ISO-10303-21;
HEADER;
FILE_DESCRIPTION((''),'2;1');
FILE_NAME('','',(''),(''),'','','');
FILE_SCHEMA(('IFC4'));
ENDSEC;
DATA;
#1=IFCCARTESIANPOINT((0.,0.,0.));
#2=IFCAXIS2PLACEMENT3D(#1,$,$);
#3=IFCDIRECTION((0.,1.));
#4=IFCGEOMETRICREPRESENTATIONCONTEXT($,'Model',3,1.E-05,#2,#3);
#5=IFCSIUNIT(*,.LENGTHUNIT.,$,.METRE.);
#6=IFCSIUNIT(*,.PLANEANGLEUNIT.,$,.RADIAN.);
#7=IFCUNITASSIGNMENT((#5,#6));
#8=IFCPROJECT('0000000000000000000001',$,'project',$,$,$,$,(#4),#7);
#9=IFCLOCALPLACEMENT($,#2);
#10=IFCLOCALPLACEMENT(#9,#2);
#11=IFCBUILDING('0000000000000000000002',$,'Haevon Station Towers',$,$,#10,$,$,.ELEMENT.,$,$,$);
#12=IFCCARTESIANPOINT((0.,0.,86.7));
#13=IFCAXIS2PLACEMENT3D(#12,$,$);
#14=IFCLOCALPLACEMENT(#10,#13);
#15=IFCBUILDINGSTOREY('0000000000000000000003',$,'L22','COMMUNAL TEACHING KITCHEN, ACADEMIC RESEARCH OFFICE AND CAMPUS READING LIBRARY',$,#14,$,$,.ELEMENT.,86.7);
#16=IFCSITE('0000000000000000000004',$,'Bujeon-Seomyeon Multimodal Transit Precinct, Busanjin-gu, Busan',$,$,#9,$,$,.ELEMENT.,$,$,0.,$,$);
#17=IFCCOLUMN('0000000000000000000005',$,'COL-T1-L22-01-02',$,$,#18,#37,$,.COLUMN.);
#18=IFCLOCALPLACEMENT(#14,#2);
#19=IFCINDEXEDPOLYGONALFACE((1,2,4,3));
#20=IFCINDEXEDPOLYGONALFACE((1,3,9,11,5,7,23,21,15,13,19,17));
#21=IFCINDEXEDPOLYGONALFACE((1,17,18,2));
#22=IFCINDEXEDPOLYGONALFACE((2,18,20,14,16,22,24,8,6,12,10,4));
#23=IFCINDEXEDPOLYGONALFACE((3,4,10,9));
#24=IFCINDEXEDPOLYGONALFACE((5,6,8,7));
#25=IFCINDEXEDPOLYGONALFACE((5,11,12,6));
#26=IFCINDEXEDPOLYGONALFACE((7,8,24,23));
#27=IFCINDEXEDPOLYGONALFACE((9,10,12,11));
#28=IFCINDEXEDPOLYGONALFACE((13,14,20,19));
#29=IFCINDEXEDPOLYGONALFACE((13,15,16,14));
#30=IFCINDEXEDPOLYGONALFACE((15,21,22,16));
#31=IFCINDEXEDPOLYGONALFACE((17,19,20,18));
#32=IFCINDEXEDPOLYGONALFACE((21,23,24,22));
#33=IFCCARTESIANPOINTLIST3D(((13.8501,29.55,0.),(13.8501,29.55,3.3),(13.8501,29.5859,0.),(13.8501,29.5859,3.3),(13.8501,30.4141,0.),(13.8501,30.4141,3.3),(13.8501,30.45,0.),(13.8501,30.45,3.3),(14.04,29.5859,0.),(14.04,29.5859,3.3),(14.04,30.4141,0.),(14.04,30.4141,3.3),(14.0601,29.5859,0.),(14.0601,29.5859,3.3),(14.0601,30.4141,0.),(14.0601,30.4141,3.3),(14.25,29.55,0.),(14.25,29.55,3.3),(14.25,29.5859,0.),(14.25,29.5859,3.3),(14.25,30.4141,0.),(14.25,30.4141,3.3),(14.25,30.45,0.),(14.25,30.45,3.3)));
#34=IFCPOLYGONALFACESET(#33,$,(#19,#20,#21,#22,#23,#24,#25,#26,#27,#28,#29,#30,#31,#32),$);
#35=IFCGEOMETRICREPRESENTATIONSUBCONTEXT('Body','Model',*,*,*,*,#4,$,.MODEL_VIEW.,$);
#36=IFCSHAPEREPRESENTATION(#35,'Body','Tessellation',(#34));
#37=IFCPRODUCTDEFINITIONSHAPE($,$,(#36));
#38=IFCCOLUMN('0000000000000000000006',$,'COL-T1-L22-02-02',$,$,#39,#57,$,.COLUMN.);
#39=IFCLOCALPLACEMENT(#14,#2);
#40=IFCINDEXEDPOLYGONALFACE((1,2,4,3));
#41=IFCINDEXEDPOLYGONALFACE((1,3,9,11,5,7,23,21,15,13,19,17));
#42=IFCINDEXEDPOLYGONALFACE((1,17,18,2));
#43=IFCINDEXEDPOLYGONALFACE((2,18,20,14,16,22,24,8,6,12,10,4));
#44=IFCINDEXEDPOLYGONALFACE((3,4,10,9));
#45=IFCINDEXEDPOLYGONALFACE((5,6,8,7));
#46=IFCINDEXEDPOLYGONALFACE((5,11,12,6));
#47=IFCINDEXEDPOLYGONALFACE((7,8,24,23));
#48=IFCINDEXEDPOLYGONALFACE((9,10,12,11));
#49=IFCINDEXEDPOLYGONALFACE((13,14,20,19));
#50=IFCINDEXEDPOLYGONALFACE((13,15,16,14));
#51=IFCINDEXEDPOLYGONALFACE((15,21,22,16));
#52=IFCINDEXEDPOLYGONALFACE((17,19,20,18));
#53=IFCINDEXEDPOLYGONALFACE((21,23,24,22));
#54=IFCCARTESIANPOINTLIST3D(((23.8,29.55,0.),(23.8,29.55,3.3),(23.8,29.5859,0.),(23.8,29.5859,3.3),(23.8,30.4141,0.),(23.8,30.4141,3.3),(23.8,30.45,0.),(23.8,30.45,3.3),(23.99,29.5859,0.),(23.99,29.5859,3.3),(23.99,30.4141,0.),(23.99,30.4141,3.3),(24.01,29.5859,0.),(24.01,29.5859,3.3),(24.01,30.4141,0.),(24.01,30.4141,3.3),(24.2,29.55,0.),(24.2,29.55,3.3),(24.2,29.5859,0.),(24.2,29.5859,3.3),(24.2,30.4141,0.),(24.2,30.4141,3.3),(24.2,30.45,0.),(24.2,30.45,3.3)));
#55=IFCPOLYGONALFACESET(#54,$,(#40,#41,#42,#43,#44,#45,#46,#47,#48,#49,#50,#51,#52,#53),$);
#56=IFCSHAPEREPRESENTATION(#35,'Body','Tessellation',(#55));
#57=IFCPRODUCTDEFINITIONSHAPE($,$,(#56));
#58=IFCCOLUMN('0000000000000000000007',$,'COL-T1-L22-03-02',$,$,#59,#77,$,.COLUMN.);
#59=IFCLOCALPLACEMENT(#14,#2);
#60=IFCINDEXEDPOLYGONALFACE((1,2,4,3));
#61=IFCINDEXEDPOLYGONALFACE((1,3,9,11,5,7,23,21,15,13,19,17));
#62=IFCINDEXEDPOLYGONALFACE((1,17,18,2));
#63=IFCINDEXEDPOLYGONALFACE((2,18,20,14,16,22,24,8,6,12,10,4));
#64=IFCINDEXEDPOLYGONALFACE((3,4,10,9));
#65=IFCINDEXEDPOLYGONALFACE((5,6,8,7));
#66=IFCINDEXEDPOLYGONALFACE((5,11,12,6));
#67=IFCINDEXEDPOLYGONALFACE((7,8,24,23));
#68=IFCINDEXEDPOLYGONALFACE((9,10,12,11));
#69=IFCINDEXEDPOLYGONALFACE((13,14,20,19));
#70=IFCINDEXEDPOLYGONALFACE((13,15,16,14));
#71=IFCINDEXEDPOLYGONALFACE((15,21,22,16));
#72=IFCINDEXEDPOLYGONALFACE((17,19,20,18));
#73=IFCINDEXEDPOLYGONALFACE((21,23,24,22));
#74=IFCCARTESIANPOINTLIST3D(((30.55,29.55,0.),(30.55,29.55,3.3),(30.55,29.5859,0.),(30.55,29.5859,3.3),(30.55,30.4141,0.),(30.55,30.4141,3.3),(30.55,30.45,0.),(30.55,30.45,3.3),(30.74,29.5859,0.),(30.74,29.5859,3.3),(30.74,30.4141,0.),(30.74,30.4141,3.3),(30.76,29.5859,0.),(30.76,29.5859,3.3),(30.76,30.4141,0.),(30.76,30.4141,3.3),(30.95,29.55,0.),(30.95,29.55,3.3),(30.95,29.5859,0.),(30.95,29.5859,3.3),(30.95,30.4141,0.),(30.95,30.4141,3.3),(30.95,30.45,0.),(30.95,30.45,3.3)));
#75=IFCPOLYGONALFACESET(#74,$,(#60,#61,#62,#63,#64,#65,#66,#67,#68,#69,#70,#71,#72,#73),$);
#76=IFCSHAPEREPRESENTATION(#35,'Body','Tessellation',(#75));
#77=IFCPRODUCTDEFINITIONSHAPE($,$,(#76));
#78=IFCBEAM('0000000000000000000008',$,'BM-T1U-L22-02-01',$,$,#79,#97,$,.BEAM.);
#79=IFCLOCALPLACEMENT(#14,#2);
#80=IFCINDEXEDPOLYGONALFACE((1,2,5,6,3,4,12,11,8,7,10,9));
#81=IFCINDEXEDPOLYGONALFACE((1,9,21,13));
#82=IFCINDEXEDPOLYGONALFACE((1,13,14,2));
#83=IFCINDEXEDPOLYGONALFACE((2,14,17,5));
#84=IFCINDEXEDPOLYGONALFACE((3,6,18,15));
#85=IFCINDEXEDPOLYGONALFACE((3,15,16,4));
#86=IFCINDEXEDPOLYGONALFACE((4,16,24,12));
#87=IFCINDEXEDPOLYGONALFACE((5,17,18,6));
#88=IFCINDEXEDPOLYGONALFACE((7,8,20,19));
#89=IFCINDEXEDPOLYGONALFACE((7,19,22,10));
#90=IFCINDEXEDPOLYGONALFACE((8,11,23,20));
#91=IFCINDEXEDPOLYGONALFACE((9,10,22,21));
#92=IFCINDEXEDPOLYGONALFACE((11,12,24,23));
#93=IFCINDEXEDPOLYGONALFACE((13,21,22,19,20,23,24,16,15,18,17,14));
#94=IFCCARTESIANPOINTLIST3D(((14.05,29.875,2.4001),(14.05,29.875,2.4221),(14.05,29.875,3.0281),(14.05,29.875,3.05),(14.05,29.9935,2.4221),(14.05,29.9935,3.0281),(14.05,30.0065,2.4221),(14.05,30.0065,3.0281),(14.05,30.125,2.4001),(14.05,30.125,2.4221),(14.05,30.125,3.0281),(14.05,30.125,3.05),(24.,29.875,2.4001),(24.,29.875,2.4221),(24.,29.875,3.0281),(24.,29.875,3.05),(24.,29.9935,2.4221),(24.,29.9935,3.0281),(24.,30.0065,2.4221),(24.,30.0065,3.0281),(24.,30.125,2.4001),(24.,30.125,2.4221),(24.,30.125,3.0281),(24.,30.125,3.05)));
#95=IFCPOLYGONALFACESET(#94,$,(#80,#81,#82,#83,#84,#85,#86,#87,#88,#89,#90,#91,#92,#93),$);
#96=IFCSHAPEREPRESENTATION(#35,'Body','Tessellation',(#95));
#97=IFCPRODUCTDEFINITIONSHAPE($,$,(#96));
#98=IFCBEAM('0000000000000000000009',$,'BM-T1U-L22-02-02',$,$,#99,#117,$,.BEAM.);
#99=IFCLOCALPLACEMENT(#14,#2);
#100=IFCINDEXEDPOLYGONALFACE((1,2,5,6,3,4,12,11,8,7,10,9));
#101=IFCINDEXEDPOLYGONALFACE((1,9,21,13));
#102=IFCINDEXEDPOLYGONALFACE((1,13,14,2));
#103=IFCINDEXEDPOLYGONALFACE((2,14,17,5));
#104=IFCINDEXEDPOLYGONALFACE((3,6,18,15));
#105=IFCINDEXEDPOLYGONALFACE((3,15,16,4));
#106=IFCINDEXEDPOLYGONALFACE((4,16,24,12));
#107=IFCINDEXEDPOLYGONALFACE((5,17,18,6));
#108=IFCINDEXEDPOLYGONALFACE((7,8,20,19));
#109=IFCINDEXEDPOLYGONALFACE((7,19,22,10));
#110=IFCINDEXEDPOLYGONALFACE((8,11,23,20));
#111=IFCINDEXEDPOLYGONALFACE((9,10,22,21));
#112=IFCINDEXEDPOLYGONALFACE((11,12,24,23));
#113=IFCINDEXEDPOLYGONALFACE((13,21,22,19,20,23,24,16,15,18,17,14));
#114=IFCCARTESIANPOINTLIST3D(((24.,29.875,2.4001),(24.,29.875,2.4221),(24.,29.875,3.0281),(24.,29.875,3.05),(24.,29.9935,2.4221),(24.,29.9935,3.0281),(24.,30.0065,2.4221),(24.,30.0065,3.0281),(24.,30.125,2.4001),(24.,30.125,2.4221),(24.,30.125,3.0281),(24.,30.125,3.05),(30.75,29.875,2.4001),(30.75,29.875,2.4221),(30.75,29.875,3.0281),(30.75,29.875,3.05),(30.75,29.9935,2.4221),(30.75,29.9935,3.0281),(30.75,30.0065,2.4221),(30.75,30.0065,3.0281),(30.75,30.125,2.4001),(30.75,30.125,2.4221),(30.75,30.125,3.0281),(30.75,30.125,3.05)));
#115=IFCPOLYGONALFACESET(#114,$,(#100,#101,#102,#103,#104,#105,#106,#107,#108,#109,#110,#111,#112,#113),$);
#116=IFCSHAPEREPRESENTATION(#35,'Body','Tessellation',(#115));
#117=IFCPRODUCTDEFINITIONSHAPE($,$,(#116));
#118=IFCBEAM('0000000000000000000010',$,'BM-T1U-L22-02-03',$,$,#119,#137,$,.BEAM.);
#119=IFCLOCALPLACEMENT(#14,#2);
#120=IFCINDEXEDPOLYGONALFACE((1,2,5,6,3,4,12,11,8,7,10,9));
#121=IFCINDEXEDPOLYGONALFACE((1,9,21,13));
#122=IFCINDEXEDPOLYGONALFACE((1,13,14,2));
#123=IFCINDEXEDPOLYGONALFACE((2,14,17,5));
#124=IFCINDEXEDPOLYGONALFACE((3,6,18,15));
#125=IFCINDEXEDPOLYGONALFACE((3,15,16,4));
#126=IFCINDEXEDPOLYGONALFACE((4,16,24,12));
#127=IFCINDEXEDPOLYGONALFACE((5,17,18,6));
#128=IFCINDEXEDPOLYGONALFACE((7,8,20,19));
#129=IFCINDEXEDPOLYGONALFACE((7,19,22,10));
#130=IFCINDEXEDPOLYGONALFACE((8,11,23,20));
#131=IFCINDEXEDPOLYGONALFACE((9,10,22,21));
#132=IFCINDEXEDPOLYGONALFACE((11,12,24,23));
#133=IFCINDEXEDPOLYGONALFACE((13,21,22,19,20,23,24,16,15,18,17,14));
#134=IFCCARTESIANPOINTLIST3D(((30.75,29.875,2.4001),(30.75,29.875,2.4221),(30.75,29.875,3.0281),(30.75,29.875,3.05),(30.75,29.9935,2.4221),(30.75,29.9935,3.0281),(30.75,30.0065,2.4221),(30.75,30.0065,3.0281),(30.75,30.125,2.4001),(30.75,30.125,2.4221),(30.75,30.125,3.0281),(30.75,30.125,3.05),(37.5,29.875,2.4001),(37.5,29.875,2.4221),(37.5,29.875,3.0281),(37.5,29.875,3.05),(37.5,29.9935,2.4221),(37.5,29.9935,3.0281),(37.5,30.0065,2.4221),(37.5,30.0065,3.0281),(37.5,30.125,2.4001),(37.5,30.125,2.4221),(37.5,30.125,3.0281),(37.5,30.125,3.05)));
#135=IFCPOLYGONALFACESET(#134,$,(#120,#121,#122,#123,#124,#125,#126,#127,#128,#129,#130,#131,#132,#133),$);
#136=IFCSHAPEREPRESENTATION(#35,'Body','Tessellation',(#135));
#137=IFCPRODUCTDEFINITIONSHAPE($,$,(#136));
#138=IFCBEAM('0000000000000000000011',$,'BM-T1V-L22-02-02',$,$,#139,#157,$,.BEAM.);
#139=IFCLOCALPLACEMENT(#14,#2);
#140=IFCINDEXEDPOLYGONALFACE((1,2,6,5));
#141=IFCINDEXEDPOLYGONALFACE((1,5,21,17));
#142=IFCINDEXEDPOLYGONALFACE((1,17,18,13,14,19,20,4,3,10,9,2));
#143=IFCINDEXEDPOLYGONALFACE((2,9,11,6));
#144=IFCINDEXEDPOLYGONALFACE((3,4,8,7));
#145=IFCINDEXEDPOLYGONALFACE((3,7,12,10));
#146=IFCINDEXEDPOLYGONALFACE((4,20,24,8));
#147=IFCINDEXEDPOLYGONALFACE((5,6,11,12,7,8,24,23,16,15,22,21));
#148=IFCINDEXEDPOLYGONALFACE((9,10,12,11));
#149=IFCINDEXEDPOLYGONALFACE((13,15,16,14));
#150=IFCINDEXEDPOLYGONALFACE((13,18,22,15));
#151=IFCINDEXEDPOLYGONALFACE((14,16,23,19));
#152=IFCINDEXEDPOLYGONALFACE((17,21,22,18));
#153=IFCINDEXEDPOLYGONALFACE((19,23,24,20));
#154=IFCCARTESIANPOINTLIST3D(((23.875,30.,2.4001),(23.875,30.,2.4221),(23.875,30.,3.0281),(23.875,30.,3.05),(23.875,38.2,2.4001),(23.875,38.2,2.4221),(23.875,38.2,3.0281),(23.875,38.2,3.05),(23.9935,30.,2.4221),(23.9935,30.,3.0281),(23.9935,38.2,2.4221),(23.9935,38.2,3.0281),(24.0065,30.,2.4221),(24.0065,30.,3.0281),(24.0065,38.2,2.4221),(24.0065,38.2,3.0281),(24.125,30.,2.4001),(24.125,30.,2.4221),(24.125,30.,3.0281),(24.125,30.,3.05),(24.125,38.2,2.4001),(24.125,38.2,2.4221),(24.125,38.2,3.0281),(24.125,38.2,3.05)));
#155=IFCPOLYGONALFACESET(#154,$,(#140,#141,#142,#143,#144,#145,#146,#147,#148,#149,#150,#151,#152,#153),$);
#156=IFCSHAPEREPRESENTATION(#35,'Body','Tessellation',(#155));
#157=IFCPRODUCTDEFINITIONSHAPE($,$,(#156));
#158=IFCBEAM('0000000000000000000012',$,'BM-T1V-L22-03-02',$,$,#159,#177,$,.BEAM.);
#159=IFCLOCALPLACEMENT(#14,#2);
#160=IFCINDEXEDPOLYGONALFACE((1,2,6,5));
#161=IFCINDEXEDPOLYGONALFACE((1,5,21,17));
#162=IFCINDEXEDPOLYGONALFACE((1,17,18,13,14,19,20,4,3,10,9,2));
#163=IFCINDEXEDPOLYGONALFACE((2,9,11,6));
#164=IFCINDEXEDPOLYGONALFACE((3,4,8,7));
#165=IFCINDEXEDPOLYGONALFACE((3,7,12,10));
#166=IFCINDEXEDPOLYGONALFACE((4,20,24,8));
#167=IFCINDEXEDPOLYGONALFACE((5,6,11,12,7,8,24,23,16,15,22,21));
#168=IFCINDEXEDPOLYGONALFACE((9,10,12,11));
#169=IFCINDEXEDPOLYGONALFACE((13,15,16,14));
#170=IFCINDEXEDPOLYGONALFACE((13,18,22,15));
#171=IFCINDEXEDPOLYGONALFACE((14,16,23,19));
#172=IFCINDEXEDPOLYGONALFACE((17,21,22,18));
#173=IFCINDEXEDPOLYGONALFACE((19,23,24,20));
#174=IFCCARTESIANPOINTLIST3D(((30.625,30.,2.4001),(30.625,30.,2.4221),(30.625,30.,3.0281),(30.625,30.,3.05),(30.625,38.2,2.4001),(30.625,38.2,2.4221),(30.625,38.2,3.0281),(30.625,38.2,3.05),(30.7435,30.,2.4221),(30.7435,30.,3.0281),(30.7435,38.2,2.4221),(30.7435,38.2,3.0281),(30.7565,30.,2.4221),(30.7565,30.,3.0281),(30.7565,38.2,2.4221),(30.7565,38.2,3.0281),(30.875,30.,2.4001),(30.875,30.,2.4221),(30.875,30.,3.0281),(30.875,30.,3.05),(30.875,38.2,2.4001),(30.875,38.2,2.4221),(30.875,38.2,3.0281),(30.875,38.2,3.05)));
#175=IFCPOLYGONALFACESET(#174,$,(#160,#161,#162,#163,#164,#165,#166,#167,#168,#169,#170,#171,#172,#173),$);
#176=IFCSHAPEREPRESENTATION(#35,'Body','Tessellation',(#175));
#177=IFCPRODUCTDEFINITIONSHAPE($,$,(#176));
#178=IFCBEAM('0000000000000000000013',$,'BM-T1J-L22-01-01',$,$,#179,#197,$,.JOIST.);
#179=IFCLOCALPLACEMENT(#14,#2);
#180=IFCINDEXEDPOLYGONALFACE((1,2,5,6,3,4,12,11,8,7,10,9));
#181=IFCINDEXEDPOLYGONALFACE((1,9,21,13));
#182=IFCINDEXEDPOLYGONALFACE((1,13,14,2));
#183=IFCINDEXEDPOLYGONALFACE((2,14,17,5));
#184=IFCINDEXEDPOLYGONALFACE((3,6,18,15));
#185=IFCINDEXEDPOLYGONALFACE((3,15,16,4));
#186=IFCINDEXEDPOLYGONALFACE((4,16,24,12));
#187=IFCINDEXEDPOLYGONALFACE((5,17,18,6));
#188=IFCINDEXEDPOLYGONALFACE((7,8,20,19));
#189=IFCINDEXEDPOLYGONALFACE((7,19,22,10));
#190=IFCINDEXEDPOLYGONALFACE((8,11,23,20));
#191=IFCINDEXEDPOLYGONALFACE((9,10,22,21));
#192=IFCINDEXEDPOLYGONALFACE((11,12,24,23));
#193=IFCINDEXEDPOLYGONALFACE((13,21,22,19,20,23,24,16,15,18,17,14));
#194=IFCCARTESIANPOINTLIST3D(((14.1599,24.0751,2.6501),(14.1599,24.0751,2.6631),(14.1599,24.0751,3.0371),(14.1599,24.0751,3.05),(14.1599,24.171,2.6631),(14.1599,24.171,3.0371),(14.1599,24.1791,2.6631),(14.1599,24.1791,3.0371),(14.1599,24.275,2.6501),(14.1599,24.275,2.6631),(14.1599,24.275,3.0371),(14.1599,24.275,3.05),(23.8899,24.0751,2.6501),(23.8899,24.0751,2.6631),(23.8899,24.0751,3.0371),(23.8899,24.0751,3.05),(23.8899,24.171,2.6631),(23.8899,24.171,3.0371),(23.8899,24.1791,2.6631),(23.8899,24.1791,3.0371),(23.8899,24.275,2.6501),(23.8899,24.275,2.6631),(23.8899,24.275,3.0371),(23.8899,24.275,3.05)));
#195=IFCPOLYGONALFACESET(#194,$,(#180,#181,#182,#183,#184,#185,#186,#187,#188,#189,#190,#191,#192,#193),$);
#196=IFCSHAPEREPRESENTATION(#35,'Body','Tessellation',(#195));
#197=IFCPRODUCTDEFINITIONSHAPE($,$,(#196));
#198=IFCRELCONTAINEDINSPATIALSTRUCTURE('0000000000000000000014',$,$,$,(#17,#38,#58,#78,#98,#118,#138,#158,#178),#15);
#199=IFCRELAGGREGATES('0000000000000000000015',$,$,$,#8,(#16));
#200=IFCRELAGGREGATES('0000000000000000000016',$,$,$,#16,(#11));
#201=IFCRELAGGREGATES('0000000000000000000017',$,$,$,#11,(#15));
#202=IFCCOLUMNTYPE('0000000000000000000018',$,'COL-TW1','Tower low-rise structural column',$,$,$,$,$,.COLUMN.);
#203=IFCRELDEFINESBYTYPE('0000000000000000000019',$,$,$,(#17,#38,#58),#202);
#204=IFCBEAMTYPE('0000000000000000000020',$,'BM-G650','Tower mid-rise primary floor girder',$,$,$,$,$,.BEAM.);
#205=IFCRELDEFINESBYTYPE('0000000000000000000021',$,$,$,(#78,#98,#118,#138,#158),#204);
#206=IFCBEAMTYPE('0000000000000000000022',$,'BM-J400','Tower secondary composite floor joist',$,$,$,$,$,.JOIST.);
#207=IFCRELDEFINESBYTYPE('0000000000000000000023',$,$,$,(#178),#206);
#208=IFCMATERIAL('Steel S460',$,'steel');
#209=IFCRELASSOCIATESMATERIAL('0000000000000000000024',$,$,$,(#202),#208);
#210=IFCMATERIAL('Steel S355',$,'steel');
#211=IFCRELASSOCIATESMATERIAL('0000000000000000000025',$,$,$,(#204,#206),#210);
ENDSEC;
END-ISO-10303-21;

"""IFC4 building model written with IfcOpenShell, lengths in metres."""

from ifc_helpers import new_model, si_unit, direction, frame, origin, origin_2d, place, context, subcontext, project, spatial, i_section, extrude, material, material_profile, profile_set, type_object, element, save


model = new_model("IFC4")

# Units and contexts
model_context = context("Model", 3, precision=1e-05, world=origin(), true_north=direction((0.0, 1.0)))
body_context = subcontext(model_context, "Body", "Model", "MODEL_VIEW")
ifc_project = project(units=[si_unit("LENGTHUNIT", "METRE"), si_unit("PLANEANGLEUNIT", "RADIAN")], contexts=[model_context])

# Site, building, storey
site_placement = place(None, origin())
site = spatial("IfcSite", under=ifc_project, at=site_placement, Name="Bujeon-Seomyeon Multimodal Transit Precinct, Busanjin-gu, Busan", CompositionType="ELEMENT", RefElevation=0.0)
building_placement = place(site_placement, origin())
building = spatial("IfcBuilding", under=site, at=building_placement, Name="Haevon Station Towers", CompositionType="ELEMENT")
storey_placement = place(building_placement, frame((0.0, 0.0, 86.7)))
storey = spatial("IfcBuildingStorey", under=building, at=storey_placement, Name="L22", Description="COMMUNAL TEACHING KITCHEN, ACADEMIC RESEARCH OFFICE AND CAMPUS READING LIBRARY", CompositionType="ELEMENT", Elevation=86.7)

# Columns
ifc_material_1 = material(Name="Steel S460", Category="steel")
ifc_material_profile_1 = material_profile(ifc_material_1, i_section(OverallWidth=0.3999, OverallDepth=0.8999, WebThickness=0.02, FlangeThickness=0.0359, at=origin_2d()), Name="H-900x400x20x36")
ifc_profile_set_1 = profile_set([ifc_material_profile_1], Name="Steel S460")
column_type = type_object("IfcColumnType", Name="COL-TW1", Description="Tower low-rise structural column", PredefinedType="COLUMN", material=ifc_profile_set_1)
for number, where, z_axis, x_axis, name in (
    (1, (14.05, 30.0, 0.0), (0.0, 0.0, 1.0), (1.0, 0.0, 0.0), "COL-T1-L22-01-02"),
    (2, (24.0, 30.0, 0.0), (0.0, 0.0, 1.0), (1.0, 0.0, 0.0), "COL-T1-L22-02-02"),
    (3, (30.75, 30.0, 0.0), (0.0, 0.0, 1.0), (1.0, 0.0, 0.0), "COL-T1-L22-03-02"),
):
    element("IfcColumn", number, at=place(storey_placement, frame(where, z_axis=z_axis, x_axis=x_axis)), inside=storey, type_object=column_type, Name=name, PredefinedType="COLUMN", context=body_context, shape_type="SweptSolid", body=[
        extrude(i_section(OverallWidth=0.3999, OverallDepth=0.8999, WebThickness=0.02, FlangeThickness=0.0359, at=origin_2d()), origin(), (0.0, 0.0, 1.0), 3.3),
    ])

# Beams
ifc_material_2 = material(Name="Steel S355", Category="steel")
ifc_material_profile_2 = material_profile(ifc_material_2, i_section(OverallWidth=0.25, OverallDepth=0.6499, WebThickness=0.0129, FlangeThickness=0.022, at=origin_2d()), Name="H-650x250x13x22")
ifc_profile_set_2 = profile_set([ifc_material_profile_2], Name="Steel S355")
beam_type_1 = type_object("IfcBeamType", Name="BM-G650", Description="Tower mid-rise primary floor girder", PredefinedType="BEAM", material=ifc_profile_set_2)
beam_1_placement = place(storey_placement, frame((14.05, 30.0, 2.7251), z_axis=(1.0, 0.0, 0.0), x_axis=(0.0, 1.0, 0.0)))
element("IfcBeam", 4, at=beam_1_placement, inside=storey, type_object=beam_type_1, Name="BM-T1U-L22-02-01", PredefinedType="BEAM", context=body_context, shape_type="SweptSolid", body=[
    extrude(i_section(OverallWidth=0.25, OverallDepth=0.6499, WebThickness=0.0129, FlangeThickness=0.022, at=origin_2d()), origin(), (0.0, 0.0, 1.0), 9.95),
])
for number, where, z_axis, x_axis, name in (
    (5, (24.0, 30.0, 2.7251), (1.0, 0.0, 0.0), (0.0, 1.0, 0.0), "BM-T1U-L22-02-02"),
    (6, (30.75, 30.0, 2.7251), (1.0, 0.0, 0.0), (0.0, 1.0, 0.0), "BM-T1U-L22-02-03"),
):
    element("IfcBeam", number, at=place(storey_placement, frame(where, z_axis=z_axis, x_axis=x_axis)), inside=storey, type_object=beam_type_1, Name=name, PredefinedType="BEAM", context=body_context, shape_type="SweptSolid", body=[
        extrude(i_section(OverallWidth=0.25, OverallDepth=0.6499, WebThickness=0.0129, FlangeThickness=0.022, at=origin_2d()), origin(), (0.0, 0.0, 1.0), 6.75),
    ])
for number, where, z_axis, x_axis, name in (
    (7, (24.0, 30.0, 2.7251), (0.0, 1.0, 0.0), (-1.0, 0.0, 0.0), "BM-T1V-L22-02-02"),
    (8, (30.75, 30.0, 2.7251), (0.0, 1.0, 0.0), (-1.0, 0.0, 0.0), "BM-T1V-L22-03-02"),
):
    element("IfcBeam", number, at=place(storey_placement, frame(where, z_axis=z_axis, x_axis=x_axis)), inside=storey, type_object=beam_type_1, Name=name, PredefinedType="BEAM", context=body_context, shape_type="SweptSolid", body=[
        extrude(i_section(OverallWidth=0.25, OverallDepth=0.6499, WebThickness=0.0129, FlangeThickness=0.022, at=origin_2d()), origin(), (0.0, 0.0, 1.0), 8.2),
    ])
ifc_material_profile_3 = material_profile(ifc_material_2, i_section(OverallWidth=0.2, OverallDepth=0.3999, WebThickness=0.0081, FlangeThickness=0.0129, at=origin_2d()), Name="H-400x200x8x13")
ifc_profile_set_3 = profile_set([ifc_material_profile_3], Name="Steel S355")
beam_type_2 = type_object("IfcBeamType", Name="BM-J400", Description="Tower secondary composite floor joist", PredefinedType="JOIST", material=ifc_profile_set_3)
beam_2_placement = place(storey_placement, frame((14.1599, 24.175, 2.8501), z_axis=(1.0, 0.0, 0.0), x_axis=(0.0, 1.0, 0.0)))
element("IfcBeam", 9, at=beam_2_placement, inside=storey, type_object=beam_type_2, Name="BM-T1J-L22-01-01", PredefinedType="JOIST", context=body_context, shape_type="SweptSolid", body=[
    extrude(i_section(OverallWidth=0.2, OverallDepth=0.3999, WebThickness=0.0081, FlangeThickness=0.0129, at=origin_2d()), origin(), (0.0, 0.0, 1.0), 9.73),
])

save(model, "model.ifc")
